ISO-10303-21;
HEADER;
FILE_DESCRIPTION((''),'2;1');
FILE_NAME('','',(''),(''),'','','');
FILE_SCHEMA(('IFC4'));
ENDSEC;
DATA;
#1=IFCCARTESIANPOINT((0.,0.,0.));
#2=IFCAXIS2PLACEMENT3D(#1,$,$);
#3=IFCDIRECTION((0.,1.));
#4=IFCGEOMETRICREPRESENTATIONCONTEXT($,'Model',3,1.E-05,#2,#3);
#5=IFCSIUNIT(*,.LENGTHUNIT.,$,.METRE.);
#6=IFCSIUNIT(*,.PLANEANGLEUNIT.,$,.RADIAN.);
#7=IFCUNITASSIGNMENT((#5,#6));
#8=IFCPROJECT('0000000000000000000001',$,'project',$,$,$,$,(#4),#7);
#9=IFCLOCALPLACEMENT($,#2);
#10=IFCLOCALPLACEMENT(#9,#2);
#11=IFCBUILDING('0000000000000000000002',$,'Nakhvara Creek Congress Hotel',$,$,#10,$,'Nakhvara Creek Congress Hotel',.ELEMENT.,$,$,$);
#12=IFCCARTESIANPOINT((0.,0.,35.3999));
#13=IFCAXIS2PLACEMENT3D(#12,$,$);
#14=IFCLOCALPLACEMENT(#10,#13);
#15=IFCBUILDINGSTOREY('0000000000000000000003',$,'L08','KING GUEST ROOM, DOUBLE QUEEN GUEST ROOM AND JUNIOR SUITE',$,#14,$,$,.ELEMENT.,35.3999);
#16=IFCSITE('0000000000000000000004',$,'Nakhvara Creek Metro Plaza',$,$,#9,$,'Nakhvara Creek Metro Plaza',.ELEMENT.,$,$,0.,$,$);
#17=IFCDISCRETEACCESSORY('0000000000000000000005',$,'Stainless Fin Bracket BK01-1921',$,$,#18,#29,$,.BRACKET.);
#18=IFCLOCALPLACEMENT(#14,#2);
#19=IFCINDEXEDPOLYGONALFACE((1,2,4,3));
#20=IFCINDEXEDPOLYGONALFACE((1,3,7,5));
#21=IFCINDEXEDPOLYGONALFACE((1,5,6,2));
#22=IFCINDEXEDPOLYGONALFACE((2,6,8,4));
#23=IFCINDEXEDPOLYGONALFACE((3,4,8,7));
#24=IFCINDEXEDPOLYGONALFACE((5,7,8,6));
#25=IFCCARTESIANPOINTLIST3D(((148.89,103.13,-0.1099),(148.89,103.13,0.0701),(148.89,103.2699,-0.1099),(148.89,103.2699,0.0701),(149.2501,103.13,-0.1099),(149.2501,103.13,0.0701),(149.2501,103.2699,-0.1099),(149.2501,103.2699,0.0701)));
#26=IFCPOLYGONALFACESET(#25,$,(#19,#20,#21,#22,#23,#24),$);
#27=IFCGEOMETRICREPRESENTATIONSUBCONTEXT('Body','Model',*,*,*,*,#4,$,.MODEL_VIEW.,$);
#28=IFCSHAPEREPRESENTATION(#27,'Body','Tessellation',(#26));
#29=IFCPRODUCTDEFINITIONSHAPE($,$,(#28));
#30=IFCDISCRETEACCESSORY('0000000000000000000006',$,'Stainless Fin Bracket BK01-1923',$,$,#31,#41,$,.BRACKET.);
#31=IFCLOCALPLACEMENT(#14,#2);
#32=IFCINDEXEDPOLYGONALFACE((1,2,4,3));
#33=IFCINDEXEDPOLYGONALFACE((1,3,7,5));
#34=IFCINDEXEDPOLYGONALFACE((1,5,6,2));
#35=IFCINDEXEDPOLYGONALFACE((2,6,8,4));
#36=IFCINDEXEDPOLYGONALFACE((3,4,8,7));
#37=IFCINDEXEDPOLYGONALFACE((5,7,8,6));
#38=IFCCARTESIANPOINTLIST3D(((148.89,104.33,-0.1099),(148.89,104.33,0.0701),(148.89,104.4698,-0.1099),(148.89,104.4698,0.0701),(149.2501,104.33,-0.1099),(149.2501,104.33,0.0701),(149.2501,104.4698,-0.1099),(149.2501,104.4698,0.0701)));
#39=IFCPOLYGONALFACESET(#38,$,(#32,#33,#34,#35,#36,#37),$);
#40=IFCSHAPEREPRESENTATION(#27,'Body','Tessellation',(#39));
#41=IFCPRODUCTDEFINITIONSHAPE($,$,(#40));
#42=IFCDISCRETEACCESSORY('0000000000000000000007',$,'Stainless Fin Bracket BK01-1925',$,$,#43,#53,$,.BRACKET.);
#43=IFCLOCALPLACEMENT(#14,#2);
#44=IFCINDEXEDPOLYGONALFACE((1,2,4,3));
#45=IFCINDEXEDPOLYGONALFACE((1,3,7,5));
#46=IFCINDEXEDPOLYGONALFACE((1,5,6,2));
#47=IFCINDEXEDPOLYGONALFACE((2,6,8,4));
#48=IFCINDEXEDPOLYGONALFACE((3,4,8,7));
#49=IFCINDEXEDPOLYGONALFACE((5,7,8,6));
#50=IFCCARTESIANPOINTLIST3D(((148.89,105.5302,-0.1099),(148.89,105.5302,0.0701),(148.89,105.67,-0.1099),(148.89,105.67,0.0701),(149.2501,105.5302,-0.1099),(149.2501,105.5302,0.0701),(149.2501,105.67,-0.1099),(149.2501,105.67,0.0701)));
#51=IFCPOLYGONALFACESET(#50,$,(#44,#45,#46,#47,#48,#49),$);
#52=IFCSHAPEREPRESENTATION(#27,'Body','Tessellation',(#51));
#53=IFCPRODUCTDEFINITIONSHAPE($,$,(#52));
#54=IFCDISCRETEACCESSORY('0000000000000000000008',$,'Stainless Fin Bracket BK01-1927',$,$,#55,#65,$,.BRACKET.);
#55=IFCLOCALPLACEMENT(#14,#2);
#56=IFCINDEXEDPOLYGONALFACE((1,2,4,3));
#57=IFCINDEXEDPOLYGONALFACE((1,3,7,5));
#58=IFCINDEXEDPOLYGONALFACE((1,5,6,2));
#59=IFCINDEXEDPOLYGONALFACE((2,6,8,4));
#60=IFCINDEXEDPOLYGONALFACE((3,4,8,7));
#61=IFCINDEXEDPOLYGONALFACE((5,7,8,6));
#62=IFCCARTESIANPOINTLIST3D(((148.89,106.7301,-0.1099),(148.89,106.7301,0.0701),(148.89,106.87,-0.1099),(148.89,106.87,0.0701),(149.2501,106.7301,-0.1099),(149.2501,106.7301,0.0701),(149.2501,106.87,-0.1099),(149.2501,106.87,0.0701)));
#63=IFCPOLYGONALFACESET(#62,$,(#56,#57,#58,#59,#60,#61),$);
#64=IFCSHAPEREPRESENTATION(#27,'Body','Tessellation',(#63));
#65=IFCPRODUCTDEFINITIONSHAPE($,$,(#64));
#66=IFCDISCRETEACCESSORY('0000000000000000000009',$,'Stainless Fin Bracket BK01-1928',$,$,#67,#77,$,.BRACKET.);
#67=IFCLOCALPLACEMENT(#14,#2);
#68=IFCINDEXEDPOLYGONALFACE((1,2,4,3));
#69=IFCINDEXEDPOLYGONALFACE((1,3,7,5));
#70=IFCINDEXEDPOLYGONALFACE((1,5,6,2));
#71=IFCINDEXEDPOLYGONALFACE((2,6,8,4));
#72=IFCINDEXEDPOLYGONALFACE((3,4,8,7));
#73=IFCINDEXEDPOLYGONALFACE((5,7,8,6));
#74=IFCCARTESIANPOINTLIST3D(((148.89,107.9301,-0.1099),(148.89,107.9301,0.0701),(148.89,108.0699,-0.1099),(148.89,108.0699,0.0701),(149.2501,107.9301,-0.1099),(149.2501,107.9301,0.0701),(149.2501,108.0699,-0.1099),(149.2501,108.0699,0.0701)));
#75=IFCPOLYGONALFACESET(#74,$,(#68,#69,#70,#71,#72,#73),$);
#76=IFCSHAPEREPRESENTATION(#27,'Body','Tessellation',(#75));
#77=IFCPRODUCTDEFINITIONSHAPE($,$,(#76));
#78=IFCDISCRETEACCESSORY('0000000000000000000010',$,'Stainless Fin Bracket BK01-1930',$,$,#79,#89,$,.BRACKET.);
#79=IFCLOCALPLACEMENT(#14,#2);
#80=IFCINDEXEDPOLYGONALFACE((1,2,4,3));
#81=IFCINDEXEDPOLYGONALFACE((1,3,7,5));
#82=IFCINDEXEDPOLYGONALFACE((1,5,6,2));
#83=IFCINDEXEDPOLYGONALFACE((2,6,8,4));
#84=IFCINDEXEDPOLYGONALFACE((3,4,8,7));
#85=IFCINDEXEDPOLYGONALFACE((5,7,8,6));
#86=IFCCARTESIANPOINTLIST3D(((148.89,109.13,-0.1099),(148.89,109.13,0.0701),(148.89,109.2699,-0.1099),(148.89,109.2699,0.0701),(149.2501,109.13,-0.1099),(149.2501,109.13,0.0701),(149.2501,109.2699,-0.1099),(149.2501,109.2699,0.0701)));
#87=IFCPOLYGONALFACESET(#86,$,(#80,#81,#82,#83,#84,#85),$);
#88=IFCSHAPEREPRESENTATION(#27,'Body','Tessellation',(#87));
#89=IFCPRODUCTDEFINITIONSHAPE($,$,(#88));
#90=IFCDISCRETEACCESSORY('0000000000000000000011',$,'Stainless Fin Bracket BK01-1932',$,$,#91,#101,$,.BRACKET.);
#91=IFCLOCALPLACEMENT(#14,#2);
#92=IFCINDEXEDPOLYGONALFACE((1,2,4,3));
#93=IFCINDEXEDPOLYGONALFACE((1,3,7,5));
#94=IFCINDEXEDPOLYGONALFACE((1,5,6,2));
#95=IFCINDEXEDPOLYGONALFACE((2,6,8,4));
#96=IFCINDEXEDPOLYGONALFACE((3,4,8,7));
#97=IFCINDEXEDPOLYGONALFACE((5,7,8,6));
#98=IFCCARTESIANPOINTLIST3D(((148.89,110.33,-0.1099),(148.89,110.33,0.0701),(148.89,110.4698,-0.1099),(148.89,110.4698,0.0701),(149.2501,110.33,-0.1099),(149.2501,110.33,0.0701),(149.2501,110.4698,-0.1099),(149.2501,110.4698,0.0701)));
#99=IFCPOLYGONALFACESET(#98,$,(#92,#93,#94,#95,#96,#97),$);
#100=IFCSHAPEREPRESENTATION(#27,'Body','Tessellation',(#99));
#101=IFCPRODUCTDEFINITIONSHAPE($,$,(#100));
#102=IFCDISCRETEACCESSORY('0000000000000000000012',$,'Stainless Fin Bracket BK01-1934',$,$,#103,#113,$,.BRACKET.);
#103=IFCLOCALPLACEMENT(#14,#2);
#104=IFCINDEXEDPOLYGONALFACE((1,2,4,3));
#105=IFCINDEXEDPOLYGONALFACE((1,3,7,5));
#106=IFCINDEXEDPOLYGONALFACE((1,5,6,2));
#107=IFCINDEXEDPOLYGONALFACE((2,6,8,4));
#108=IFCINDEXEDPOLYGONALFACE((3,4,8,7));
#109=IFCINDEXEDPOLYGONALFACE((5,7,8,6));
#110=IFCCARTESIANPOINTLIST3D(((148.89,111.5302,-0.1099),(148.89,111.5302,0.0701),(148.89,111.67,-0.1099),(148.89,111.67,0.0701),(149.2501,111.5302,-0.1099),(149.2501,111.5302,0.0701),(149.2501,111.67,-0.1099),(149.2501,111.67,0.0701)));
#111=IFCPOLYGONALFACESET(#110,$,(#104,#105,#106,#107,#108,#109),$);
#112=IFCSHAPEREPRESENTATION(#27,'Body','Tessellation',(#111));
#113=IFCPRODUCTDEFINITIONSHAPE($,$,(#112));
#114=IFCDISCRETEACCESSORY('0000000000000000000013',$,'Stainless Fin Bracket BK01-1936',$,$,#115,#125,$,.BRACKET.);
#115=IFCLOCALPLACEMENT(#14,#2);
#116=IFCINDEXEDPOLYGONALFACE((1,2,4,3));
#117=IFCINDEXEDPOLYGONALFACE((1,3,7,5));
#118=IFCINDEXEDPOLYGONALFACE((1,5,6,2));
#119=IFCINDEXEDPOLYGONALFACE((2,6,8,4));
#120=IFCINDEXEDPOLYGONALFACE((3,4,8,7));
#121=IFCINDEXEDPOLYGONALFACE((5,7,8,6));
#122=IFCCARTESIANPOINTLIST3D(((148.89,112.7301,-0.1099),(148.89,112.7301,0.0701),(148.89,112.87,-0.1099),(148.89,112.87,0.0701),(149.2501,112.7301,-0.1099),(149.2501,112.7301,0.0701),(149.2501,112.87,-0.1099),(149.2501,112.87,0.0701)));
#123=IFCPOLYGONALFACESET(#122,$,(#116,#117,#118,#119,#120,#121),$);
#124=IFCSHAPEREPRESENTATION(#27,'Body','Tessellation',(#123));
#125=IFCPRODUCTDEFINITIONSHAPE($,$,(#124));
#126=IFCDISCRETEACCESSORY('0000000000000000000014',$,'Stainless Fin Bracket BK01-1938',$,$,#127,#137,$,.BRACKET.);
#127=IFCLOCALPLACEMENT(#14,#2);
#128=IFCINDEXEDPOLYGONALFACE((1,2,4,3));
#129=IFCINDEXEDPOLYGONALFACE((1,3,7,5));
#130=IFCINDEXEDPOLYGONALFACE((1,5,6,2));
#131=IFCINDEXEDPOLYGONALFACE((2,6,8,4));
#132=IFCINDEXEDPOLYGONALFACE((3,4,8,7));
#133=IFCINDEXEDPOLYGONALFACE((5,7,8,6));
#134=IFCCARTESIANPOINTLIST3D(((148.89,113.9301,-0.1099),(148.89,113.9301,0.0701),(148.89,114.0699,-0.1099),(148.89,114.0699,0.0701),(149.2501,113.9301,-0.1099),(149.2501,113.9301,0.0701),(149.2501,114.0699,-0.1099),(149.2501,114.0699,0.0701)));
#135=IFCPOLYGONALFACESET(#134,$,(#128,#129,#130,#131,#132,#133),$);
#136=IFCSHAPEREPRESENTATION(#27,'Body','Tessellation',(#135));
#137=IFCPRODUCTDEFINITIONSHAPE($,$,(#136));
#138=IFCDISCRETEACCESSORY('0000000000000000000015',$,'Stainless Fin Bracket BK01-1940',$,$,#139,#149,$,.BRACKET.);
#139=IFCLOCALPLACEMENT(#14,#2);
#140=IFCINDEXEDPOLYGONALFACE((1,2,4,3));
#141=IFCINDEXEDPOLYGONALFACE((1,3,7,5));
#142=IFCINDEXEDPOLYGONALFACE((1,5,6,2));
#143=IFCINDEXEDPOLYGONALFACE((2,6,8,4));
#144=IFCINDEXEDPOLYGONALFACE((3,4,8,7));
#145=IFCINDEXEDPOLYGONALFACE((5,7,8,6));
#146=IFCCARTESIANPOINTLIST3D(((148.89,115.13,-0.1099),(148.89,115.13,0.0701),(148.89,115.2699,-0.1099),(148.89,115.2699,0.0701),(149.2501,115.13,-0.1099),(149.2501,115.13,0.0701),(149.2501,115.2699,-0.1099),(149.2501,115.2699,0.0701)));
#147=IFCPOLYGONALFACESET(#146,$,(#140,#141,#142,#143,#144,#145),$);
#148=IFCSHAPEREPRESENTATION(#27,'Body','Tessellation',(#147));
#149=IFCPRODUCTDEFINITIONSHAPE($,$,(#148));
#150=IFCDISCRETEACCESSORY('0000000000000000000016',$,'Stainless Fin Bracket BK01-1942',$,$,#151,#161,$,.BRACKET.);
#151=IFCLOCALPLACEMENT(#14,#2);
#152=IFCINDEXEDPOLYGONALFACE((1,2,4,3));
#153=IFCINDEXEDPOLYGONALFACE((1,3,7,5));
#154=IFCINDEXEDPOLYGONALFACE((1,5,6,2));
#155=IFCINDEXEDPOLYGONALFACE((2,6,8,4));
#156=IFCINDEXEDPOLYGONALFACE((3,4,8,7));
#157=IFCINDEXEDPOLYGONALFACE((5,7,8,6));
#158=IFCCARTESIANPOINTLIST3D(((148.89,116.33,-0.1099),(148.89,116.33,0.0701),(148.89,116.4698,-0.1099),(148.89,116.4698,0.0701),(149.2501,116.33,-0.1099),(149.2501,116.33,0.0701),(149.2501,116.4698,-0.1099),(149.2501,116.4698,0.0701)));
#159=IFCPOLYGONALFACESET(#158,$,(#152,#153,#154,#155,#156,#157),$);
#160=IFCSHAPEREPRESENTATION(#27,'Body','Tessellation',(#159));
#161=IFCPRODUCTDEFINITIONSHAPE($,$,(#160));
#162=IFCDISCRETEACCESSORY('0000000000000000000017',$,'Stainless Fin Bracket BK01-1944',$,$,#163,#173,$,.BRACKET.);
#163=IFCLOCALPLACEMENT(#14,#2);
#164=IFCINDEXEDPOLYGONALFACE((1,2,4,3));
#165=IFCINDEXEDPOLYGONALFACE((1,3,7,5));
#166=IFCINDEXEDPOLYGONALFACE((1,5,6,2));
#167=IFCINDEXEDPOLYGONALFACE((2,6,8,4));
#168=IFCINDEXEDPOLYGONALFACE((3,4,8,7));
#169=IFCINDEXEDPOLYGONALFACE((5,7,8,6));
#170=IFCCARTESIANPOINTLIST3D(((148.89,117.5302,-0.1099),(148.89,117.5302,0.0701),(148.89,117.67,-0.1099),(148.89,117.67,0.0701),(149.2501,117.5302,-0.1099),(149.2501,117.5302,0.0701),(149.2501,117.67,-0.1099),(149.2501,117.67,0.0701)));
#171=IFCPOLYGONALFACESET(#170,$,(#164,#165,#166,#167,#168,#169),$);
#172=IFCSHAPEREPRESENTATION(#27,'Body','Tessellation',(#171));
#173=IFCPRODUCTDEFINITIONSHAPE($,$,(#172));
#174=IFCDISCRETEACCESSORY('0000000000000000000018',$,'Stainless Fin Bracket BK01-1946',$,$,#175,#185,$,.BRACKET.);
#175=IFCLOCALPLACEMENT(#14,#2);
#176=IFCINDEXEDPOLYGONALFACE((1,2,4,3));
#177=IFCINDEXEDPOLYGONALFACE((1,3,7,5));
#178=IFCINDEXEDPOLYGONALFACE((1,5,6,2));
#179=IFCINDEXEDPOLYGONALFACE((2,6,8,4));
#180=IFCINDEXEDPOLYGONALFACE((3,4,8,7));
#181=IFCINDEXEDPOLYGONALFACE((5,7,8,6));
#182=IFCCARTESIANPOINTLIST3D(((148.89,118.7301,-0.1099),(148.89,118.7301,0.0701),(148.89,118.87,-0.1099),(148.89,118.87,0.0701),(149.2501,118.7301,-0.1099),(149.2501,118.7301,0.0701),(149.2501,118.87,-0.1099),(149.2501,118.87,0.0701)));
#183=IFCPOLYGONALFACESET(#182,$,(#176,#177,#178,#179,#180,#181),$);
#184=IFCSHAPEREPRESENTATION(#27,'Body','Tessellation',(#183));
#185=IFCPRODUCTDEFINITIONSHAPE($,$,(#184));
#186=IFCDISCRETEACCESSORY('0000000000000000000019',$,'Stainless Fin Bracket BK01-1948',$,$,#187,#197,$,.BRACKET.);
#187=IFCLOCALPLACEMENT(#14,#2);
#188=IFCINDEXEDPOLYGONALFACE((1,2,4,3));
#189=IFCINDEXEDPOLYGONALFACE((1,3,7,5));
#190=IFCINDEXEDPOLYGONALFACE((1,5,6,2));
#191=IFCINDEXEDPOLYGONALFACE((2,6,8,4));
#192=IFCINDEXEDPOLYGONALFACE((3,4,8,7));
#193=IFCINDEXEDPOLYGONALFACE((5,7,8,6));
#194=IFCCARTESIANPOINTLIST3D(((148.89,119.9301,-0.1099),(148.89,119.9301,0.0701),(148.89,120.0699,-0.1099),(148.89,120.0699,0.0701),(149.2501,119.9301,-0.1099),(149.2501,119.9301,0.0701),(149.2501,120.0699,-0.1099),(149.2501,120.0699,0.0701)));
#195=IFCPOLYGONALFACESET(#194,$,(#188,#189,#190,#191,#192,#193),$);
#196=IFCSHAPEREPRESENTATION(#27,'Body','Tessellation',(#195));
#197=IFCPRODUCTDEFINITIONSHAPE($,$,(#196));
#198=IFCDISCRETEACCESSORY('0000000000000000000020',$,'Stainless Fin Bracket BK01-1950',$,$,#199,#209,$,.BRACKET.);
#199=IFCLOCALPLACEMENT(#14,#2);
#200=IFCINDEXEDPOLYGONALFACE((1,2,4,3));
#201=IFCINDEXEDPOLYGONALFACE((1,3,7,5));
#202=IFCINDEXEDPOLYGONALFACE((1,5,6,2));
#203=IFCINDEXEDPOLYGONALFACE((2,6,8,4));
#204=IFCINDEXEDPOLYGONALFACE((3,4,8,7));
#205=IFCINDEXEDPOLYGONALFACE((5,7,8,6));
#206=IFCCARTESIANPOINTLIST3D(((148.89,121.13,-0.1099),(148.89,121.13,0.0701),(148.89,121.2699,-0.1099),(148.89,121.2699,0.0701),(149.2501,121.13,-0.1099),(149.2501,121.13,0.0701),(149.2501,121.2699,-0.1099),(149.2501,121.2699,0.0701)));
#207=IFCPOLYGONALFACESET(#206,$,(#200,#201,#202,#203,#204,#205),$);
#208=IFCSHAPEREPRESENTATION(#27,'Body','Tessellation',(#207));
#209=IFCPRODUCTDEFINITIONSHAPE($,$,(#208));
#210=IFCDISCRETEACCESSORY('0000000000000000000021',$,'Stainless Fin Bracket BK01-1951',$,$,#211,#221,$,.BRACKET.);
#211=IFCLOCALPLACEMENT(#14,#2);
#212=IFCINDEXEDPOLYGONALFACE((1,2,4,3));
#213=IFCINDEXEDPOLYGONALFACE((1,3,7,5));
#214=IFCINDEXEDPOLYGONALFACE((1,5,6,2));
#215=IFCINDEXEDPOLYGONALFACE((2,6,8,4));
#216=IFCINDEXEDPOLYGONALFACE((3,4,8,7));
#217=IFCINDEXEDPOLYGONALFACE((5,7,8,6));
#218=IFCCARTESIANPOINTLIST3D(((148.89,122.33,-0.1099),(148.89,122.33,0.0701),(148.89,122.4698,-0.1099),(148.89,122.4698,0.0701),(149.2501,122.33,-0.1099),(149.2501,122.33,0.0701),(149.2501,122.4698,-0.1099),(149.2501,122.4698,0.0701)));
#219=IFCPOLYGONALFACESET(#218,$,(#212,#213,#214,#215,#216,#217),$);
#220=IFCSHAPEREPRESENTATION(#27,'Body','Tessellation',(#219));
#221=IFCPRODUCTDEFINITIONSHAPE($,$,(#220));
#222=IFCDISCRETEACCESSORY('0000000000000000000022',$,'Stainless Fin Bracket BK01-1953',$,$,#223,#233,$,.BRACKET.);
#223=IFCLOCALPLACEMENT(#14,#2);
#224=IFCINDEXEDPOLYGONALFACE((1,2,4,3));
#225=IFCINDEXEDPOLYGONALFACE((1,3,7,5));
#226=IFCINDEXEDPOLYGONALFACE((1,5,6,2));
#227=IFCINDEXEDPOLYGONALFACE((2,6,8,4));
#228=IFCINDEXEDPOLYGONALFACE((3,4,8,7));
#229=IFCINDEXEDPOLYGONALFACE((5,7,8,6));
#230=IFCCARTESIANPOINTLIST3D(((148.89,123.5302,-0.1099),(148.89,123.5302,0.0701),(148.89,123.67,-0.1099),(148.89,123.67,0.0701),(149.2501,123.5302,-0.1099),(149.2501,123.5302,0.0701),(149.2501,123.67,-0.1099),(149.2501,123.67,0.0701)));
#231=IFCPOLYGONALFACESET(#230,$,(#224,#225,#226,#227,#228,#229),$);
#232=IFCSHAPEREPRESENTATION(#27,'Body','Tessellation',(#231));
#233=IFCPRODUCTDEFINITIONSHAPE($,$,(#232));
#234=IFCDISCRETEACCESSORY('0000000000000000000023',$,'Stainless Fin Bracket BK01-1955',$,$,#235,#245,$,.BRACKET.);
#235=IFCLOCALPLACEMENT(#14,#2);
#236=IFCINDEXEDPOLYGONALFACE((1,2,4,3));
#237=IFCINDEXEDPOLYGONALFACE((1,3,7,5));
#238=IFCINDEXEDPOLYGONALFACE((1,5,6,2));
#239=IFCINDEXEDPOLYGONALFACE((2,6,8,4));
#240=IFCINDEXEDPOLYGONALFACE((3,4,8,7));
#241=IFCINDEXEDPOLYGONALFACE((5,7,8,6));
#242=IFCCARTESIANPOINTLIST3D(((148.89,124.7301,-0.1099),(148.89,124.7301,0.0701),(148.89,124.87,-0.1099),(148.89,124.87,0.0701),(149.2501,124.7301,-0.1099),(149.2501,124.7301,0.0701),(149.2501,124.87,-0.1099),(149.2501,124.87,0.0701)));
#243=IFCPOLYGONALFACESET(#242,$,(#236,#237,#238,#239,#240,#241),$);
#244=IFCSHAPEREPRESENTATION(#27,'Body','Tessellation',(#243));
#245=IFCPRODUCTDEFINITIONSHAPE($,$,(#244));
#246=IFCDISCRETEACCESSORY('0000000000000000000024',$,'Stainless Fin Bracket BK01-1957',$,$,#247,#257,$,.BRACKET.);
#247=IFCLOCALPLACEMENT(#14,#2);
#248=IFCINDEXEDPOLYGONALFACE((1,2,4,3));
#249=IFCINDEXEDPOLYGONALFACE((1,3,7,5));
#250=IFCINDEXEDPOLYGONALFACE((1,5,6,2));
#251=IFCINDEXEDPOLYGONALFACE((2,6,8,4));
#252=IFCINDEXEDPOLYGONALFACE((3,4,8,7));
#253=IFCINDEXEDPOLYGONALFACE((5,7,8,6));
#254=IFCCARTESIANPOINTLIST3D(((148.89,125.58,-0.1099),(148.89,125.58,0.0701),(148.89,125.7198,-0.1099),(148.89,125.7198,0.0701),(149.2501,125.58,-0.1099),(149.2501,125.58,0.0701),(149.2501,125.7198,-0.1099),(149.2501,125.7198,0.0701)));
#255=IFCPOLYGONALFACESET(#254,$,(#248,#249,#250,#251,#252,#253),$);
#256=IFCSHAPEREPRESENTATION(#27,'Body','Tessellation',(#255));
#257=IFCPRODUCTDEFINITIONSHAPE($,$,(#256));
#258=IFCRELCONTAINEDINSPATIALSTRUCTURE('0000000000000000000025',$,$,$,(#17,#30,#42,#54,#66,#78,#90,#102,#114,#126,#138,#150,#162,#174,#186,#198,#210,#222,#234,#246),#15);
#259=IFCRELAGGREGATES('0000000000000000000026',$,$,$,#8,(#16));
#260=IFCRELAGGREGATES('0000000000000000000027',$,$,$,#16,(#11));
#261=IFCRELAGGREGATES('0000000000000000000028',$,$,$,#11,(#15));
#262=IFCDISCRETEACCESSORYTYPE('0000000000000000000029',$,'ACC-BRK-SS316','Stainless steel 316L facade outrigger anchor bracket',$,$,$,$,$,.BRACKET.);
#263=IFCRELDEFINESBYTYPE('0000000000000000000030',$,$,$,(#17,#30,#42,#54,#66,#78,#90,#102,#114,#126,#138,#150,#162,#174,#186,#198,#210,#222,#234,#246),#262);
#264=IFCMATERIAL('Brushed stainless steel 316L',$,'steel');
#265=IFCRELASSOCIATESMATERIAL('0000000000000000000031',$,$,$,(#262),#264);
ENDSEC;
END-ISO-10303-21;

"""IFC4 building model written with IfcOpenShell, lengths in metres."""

from ifc_helpers import new_model, si_unit, direction, frame, origin, origin_2d, place, context, subcontext, project, spatial, rectangle, extrude, material, type_object, element, save


model = new_model("IFC4")

# Units and contexts
model_context = context("Model", 3, precision=1e-05, world=origin(), true_north=direction((0.0, 1.0)))
body_context = subcontext(model_context, "Body", "Model", "MODEL_VIEW")
ifc_project = project(units=[si_unit("LENGTHUNIT", "METRE"), si_unit("PLANEANGLEUNIT", "RADIAN")], contexts=[model_context])

# Site, building, storey
site_placement = place(None, origin())
site = spatial("IfcSite", under=ifc_project, at=site_placement, Name="Nakhvara Creek Metro Plaza", LongName="Nakhvara Creek Metro Plaza", CompositionType="ELEMENT", RefElevation=0.0)
building_placement = place(site_placement, origin())
building = spatial("IfcBuilding", under=site, at=building_placement, Name="Nakhvara Creek Congress Hotel", LongName="Nakhvara Creek Congress Hotel", CompositionType="ELEMENT")
storey_placement = place(building_placement, frame((0.0, 0.0, 35.3999)))
storey = spatial("IfcBuildingStorey", under=building, at=storey_placement, Name="L08", Description="KING GUEST ROOM, DOUBLE QUEEN GUEST ROOM AND JUNIOR SUITE", CompositionType="ELEMENT", Elevation=35.3999)

# Discrete accessories
ifc_material_1 = material(Name="Brushed stainless steel 316L", Category="steel")
discrete_accessory_type = type_object("IfcDiscreteAccessoryType", Name="ACC-BRK-SS316", Description="Stainless steel 316L facade outrigger anchor bracket", PredefinedType="BRACKET", material=ifc_material_1)
for number, where, z_axis, x_axis, name in (
    (1, (149.0701, 103.2, -0.1099), (0.0, 0.0, 1.0), (0.0, 1.0, 0.0), "Stainless Fin Bracket BK01-1921"),
    (2, (149.0701, 104.3999, -0.1099), (0.0, 0.0, 1.0), (0.0, 1.0, 0.0), "Stainless Fin Bracket BK01-1923"),
    (3, (149.0701, 105.6001, -0.1099), (0.0, 0.0, 1.0), (0.0, 1.0, 0.0), "Stainless Fin Bracket BK01-1925"),
    (4, (149.0701, 106.8, -0.1099), (0.0, 0.0, 1.0), (0.0, 1.0, 0.0), "Stainless Fin Bracket BK01-1927"),
    (5, (149.0701, 108.0, -0.1099), (0.0, 0.0, 1.0), (0.0, 1.0, 0.0), "Stainless Fin Bracket BK01-1928"),
    (6, (149.0701, 109.2, -0.1099), (0.0, 0.0, 1.0), (0.0, 1.0, 0.0), "Stainless Fin Bracket BK01-1930"),
    (7, (149.0701, 110.3999, -0.1099), (0.0, 0.0, 1.0), (0.0, 1.0, 0.0), "Stainless Fin Bracket BK01-1932"),
    (8, (149.0701, 111.6001, -0.1099), (0.0, 0.0, 1.0), (0.0, 1.0, 0.0), "Stainless Fin Bracket BK01-1934"),
    (9, (149.0701, 112.8, -0.1099), (0.0, 0.0, 1.0), (0.0, 1.0, 0.0), "Stainless Fin Bracket BK01-1936"),
    (10, (149.0701, 114.0, -0.1099), (0.0, 0.0, 1.0), (0.0, 1.0, 0.0), "Stainless Fin Bracket BK01-1938"),
    (11, (149.0701, 115.2, -0.1099), (0.0, 0.0, 1.0), (0.0, 1.0, 0.0), "Stainless Fin Bracket BK01-1940"),
    (12, (149.0701, 116.3999, -0.1099), (0.0, 0.0, 1.0), (0.0, 1.0, 0.0), "Stainless Fin Bracket BK01-1942"),
    (13, (149.0701, 117.6001, -0.1099), (0.0, 0.0, 1.0), (0.0, 1.0, 0.0), "Stainless Fin Bracket BK01-1944"),
    (14, (149.0701, 118.8, -0.1099), (0.0, 0.0, 1.0), (0.0, 1.0, 0.0), "Stainless Fin Bracket BK01-1946"),
    (15, (149.0701, 120.0, -0.1099), (0.0, 0.0, 1.0), (0.0, 1.0, 0.0), "Stainless Fin Bracket BK01-1948"),
    (16, (149.0701, 121.2, -0.1099), (0.0, 0.0, 1.0), (0.0, 1.0, 0.0), "Stainless Fin Bracket BK01-1950"),
    (17, (149.0701, 122.3999, -0.1099), (0.0, 0.0, 1.0), (0.0, 1.0, 0.0), "Stainless Fin Bracket BK01-1951"),
    (18, (149.0701, 123.6001, -0.1099), (0.0, 0.0, 1.0), (0.0, 1.0, 0.0), "Stainless Fin Bracket BK01-1953"),
    (19, (149.0701, 124.8, -0.1099), (0.0, 0.0, 1.0), (0.0, 1.0, 0.0), "Stainless Fin Bracket BK01-1955"),
    (20, (149.0701, 125.6499, -0.1099), (0.0, 0.0, 1.0), (0.0, 1.0, 0.0), "Stainless Fin Bracket BK01-1957"),
):
    element("IfcDiscreteAccessory", number, at=place(storey_placement, frame(where, z_axis=z_axis, x_axis=x_axis)), inside=storey, type_object=discrete_accessory_type, Name=name, PredefinedType="BRACKET", context=body_context, shape_type="SweptSolid", body=[
        extrude(rectangle(XDim=0.1399, YDim=0.3601, at=origin_2d()), origin(), (0.0, 0.0, 1.0), 0.1799),
    ])

save(model, "model.ifc")
